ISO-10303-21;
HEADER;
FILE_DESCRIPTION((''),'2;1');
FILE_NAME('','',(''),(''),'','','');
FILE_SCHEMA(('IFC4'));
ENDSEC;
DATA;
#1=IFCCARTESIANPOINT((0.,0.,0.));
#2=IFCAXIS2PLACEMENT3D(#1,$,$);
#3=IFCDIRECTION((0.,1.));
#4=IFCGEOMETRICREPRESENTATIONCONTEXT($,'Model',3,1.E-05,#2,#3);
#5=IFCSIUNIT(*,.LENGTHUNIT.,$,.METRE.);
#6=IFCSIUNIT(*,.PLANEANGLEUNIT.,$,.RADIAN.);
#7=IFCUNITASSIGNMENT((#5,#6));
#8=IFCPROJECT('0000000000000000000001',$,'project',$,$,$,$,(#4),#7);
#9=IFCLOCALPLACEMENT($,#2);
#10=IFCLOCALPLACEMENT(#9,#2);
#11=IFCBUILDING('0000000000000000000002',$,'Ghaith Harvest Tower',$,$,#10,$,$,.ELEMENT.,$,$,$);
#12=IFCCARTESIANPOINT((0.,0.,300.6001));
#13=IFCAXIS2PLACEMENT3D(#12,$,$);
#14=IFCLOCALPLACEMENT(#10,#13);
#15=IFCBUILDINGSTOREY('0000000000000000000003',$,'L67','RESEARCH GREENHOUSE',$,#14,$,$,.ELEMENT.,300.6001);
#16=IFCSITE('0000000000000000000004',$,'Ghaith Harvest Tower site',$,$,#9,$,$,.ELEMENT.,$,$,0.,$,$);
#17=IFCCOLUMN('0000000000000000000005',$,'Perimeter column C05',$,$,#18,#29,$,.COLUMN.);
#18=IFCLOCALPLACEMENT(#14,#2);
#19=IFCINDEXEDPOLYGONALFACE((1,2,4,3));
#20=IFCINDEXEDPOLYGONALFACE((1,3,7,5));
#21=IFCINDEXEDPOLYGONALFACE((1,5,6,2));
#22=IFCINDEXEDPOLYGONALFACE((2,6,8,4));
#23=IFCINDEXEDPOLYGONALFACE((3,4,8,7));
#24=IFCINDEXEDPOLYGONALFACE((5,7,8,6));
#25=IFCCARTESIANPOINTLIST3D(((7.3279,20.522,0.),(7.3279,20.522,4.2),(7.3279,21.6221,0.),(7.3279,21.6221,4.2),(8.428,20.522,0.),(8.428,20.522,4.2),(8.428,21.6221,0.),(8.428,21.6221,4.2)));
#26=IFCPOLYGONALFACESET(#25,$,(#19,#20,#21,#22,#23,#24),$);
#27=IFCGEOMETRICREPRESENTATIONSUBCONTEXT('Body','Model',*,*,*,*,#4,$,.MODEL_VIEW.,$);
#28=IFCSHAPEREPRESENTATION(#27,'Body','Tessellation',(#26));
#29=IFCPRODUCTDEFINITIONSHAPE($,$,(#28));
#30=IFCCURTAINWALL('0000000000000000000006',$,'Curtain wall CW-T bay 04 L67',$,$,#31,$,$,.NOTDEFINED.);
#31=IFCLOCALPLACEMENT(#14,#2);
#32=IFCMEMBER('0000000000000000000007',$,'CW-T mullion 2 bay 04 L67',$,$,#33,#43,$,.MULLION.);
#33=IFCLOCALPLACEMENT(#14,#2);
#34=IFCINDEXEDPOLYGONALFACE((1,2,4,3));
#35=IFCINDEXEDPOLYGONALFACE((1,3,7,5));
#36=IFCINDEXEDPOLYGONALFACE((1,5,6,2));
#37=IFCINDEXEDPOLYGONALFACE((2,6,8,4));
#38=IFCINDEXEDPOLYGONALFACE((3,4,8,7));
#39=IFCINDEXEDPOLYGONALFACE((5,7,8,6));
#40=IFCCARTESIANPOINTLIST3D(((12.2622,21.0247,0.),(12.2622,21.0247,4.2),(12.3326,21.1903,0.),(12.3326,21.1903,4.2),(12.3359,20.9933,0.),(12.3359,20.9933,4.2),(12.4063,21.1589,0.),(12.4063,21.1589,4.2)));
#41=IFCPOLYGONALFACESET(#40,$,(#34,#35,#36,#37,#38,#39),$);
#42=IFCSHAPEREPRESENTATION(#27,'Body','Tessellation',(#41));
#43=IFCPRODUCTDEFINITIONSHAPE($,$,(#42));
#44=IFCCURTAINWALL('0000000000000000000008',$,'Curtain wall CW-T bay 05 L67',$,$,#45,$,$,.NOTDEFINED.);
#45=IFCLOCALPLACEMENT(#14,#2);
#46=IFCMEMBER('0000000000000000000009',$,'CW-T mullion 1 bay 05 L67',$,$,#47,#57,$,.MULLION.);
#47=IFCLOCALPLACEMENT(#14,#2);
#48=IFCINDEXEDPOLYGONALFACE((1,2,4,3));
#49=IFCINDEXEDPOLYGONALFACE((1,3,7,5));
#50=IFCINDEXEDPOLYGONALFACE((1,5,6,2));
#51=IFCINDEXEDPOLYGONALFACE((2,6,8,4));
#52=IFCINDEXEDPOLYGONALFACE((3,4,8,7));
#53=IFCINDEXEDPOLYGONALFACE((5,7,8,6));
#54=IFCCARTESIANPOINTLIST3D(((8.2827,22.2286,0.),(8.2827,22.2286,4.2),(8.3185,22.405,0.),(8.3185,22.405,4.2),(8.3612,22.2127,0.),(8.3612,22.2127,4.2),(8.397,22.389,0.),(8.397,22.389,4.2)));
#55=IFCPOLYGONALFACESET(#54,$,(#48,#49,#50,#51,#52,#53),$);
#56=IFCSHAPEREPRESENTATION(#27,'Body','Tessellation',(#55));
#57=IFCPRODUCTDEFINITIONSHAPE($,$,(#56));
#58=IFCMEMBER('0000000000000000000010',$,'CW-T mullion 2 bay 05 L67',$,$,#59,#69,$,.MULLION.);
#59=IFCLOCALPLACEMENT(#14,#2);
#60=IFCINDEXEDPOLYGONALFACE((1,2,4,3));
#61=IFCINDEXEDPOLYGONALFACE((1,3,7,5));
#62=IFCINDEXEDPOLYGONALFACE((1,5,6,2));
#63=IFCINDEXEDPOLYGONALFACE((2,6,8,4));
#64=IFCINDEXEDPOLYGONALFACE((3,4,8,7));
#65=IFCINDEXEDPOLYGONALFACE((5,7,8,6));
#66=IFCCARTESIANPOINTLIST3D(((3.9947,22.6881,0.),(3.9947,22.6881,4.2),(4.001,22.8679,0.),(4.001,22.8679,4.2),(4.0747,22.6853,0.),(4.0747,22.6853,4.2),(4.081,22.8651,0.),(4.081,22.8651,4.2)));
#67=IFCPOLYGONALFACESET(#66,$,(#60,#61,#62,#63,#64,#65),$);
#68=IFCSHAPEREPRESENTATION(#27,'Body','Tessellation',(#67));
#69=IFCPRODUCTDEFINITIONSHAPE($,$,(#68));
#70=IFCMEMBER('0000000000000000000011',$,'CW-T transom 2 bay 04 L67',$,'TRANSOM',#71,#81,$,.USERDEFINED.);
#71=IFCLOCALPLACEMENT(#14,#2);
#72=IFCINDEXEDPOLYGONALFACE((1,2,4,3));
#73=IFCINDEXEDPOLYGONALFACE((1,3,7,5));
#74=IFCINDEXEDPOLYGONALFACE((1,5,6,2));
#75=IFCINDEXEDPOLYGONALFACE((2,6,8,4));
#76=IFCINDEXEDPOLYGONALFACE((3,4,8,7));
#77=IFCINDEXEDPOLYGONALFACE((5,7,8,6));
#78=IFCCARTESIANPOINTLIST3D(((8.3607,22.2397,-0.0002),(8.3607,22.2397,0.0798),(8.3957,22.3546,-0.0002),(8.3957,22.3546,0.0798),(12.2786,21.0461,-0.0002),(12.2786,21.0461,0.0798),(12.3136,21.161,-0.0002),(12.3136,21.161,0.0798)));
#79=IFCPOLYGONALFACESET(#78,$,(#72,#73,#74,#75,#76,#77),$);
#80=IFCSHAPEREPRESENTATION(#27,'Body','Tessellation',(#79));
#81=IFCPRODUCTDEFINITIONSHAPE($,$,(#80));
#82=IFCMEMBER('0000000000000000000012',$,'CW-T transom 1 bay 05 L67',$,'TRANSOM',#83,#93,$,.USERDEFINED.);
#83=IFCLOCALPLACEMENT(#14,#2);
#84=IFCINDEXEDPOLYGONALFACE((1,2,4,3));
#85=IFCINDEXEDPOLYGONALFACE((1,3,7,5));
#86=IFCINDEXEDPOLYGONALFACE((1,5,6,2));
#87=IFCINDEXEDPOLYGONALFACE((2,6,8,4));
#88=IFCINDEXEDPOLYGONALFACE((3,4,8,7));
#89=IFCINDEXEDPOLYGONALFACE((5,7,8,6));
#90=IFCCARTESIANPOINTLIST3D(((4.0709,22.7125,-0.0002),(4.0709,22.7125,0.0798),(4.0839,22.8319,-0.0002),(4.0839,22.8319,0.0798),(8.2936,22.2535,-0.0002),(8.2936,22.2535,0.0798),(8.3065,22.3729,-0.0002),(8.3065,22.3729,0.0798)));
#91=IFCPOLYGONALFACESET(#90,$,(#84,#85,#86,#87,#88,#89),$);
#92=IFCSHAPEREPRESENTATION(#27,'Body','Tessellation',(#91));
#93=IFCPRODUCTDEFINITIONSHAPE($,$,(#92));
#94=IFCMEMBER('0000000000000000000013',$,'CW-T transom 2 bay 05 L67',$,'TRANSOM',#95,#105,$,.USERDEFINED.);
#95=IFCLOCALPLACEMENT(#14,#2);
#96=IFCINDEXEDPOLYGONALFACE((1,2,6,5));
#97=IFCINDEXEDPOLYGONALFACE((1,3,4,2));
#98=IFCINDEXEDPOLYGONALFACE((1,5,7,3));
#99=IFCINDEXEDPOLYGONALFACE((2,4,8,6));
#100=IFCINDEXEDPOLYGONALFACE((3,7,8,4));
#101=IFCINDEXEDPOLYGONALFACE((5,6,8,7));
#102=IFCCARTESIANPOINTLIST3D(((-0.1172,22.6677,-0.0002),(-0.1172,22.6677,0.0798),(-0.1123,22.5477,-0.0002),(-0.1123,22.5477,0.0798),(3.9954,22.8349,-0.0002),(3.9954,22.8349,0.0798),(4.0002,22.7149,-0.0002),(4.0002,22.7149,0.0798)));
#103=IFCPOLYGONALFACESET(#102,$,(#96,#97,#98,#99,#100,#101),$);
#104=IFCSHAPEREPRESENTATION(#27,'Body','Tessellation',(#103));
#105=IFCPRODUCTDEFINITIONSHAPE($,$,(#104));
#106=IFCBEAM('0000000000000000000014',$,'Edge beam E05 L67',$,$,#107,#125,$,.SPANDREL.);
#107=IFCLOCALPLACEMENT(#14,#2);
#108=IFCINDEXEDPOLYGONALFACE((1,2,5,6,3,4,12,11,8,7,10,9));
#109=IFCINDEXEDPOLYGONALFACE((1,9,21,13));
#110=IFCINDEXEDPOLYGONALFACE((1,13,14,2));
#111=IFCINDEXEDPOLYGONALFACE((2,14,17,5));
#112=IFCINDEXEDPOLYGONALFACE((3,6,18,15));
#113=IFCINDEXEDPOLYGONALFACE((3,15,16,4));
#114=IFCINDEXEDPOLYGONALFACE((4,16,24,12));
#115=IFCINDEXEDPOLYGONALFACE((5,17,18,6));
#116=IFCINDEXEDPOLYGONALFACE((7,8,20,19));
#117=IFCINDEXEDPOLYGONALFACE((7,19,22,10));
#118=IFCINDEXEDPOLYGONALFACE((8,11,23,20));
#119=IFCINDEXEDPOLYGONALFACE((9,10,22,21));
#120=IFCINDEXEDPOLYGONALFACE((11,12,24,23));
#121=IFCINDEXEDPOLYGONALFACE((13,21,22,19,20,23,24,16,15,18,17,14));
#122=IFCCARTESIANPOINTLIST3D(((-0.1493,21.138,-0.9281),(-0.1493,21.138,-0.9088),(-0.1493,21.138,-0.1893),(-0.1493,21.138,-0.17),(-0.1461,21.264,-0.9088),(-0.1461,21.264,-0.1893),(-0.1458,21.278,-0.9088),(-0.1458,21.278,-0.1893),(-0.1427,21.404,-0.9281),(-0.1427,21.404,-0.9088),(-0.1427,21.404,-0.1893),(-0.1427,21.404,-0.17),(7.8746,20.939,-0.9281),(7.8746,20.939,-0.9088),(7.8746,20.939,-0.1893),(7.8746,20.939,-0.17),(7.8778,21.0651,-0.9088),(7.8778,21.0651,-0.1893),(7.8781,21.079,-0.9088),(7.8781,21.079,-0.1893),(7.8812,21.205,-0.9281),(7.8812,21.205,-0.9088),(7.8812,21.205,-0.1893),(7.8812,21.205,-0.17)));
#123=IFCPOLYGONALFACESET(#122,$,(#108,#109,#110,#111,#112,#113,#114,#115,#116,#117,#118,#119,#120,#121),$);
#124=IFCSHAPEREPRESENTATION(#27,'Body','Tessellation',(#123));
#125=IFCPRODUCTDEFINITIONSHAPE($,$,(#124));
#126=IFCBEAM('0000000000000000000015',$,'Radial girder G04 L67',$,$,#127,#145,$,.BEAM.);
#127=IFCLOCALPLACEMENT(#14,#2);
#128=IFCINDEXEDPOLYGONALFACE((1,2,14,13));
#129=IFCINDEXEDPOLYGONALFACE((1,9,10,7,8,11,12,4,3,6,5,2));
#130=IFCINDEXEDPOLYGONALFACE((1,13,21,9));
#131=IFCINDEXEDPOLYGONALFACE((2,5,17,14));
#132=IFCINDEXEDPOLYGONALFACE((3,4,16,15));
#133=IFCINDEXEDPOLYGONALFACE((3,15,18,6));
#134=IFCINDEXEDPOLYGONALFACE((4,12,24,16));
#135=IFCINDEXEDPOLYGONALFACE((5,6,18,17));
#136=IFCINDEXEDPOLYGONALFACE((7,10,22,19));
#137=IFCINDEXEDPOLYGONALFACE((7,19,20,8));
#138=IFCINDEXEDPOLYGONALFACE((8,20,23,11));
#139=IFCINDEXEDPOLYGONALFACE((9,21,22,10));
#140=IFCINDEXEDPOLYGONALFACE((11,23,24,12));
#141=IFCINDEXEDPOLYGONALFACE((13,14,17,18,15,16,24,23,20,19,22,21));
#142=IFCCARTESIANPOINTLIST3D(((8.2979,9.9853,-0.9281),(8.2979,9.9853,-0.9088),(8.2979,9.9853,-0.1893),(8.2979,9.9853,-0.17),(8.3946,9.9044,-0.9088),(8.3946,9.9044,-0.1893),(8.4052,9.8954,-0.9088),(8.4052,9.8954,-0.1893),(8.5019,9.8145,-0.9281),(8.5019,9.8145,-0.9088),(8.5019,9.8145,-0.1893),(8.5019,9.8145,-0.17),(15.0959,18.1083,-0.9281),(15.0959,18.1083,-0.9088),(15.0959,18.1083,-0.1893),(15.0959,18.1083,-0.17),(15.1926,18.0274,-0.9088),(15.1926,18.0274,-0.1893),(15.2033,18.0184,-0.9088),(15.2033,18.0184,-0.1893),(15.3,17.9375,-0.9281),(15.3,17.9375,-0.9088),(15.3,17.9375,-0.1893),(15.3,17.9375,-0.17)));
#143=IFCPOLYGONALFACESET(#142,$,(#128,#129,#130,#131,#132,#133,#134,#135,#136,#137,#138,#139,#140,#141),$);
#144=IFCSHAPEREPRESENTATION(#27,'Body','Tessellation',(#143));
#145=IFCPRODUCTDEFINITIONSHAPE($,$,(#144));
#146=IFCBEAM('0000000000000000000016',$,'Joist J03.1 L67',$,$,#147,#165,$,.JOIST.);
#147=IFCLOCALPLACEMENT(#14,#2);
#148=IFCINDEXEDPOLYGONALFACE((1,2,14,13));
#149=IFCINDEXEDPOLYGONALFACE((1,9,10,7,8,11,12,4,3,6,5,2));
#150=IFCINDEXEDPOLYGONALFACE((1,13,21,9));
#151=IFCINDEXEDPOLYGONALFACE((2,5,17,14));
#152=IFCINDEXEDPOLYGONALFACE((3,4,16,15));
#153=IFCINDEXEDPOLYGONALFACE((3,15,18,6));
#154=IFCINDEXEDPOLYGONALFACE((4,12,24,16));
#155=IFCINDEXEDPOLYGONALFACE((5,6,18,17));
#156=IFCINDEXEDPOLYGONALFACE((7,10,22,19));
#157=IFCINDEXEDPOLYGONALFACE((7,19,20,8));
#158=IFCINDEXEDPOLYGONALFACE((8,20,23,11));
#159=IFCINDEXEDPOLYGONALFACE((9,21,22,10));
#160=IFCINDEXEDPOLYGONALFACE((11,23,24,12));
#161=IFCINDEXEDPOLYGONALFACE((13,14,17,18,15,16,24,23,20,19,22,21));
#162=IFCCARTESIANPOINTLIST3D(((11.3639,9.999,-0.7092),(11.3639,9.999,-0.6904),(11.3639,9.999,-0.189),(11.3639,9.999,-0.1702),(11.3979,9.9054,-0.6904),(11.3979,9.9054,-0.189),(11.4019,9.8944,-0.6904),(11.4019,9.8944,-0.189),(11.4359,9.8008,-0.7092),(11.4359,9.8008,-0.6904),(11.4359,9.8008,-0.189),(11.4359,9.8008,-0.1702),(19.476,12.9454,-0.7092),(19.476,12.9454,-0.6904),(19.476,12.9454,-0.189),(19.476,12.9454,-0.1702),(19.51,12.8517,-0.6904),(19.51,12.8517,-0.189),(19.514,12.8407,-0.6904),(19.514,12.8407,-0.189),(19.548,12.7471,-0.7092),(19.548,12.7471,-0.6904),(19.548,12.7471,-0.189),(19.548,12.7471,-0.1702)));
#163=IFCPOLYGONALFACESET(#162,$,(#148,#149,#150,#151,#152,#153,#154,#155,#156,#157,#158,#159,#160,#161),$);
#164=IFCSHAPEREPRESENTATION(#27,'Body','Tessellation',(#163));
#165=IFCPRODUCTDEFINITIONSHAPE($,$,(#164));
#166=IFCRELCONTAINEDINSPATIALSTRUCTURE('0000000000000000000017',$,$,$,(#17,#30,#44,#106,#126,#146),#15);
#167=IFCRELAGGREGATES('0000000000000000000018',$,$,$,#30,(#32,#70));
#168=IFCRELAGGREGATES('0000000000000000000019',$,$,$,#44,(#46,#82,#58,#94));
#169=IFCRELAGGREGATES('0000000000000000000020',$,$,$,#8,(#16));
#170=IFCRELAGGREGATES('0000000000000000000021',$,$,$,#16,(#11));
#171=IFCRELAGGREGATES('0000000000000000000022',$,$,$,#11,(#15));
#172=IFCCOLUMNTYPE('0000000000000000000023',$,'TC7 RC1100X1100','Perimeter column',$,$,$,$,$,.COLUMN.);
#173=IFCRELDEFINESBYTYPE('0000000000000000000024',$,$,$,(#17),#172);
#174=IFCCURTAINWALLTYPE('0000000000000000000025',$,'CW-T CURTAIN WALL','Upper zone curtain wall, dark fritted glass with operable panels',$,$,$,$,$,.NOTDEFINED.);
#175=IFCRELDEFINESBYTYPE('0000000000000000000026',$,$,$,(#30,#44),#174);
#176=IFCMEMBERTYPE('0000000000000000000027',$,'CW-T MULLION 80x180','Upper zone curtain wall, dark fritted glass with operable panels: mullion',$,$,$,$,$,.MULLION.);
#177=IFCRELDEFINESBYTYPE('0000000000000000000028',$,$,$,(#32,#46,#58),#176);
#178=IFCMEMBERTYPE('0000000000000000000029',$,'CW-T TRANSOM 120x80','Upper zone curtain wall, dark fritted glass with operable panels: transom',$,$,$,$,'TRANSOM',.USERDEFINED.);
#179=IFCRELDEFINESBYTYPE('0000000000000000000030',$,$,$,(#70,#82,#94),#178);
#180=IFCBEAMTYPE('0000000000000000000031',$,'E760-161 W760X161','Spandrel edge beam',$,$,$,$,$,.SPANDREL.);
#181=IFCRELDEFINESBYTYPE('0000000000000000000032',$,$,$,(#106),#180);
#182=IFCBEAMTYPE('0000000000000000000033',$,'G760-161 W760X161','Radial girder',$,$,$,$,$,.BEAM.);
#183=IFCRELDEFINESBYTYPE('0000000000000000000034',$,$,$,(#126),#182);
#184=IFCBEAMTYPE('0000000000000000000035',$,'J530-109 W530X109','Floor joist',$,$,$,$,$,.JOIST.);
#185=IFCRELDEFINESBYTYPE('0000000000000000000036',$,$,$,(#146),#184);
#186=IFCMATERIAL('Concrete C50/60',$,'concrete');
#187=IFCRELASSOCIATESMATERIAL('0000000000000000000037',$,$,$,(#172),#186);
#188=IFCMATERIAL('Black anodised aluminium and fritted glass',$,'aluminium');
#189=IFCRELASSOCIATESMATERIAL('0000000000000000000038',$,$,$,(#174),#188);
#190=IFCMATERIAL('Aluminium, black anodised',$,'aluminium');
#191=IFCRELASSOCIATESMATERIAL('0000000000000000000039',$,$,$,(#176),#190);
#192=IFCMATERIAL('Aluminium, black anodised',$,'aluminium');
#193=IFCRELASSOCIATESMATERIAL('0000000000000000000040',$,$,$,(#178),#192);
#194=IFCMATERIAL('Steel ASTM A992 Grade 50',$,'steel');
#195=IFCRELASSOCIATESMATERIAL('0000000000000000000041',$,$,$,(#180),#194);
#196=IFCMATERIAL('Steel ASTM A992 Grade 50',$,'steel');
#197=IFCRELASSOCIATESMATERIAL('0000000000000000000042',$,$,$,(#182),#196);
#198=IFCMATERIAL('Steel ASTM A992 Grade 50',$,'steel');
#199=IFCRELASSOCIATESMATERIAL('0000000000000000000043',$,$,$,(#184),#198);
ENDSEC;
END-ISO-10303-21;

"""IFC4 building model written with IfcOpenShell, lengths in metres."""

from ifc_helpers import new_model, si_unit, direction, frame, origin, origin_2d, place, context, subcontext, project, spatial, rectangle, i_section, extrude, material, material_profile, profile_set, type_object, element, aggregate, save


model = new_model("IFC4")

# Units and contexts
model_context = context("Model", 3, precision=1e-05, world=origin(), true_north=direction((0.0, 1.0)))
body_context = subcontext(model_context, "Body", "Model", "MODEL_VIEW")
ifc_project = project(units=[si_unit("LENGTHUNIT", "METRE"), si_unit("PLANEANGLEUNIT", "RADIAN")], contexts=[model_context])

# Site, building, storey
site_placement = place(None, origin())
site = spatial("IfcSite", under=ifc_project, at=site_placement, Name="Ghaith Harvest Tower site", CompositionType="ELEMENT", RefElevation=0.0)
building_placement = place(site_placement, origin())
building = spatial("IfcBuilding", under=site, at=building_placement, Name="Ghaith Harvest Tower", CompositionType="ELEMENT")
storey_placement = place(building_placement, frame((0.0, 0.0, 300.6001)))
storey = spatial("IfcBuildingStorey", under=building, at=storey_placement, Name="L67", Description="RESEARCH GREENHOUSE", CompositionType="ELEMENT", Elevation=300.6001)

# Column
ifc_material_1 = material(Name="Concrete C50/60", Category="concrete")
ifc_material_profile_1 = material_profile(ifc_material_1, rectangle(XDim=1.1001, YDim=1.1001, at=origin_2d()), Name="RC1100X1100")
ifc_profile_set_1 = profile_set([ifc_material_profile_1], Name="Concrete C50/60")
column_type = type_object("IfcColumnType", Name="TC7 RC1100X1100", Description="Perimeter column", PredefinedType="COLUMN", material=ifc_profile_set_1)
column_placement = place(storey_placement, frame((7.8779, 21.072, 0.0), z_axis=(0.0, 0.0, 1.0), x_axis=(1.0, 0.0, 0.0)))
element("IfcColumn", 1, at=column_placement, inside=storey, type_object=column_type, Name="Perimeter column C05", PredefinedType="COLUMN", context=body_context, shape_type="SweptSolid", body=[
    extrude(rectangle(XDim=1.1001, YDim=1.1001, at=origin_2d()), origin(), (0.0, 0.0, 1.0), 4.2),
])

# Curtain wall, member
ifc_material_2 = material(Name="Black anodised aluminium and fritted glass", Category="aluminium")
curtain_wall_type = type_object("IfcCurtainWallType", Name="CW-T CURTAIN WALL", Description="Upper zone curtain wall, dark fritted glass with operable panels", PredefinedType="NOTDEFINED", material=ifc_material_2)
curtain_wall_1_placement = place(storey_placement, origin())
curtain_wall_1 = element("IfcCurtainWall", 2, at=curtain_wall_1_placement, inside=storey, type_object=curtain_wall_type, Name="Curtain wall CW-T bay 04 L67", PredefinedType="NOTDEFINED")
ifc_material_3 = material(Name="Aluminium, black anodised", Category="aluminium")
ifc_material_profile_2 = material_profile(ifc_material_3, rectangle(XDim=0.0801, YDim=0.1799, at=origin_2d()), Name="CW-T MULLION 80x180")
ifc_profile_set_2 = profile_set([ifc_material_profile_2], Name="Aluminium, black anodised")
member_type_1 = type_object("IfcMemberType", Name="CW-T MULLION 80x180", Description="Upper zone curtain wall, dark fritted glass with operable panels: mullion", PredefinedType="MULLION", material=ifc_profile_set_2)
member_1_placement = place(storey_placement, frame((12.3342, 21.0918, 0.0), z_axis=(0.0, 0.0, 1.0), x_axis=(-0.920319, 0.391168, 0.0)))
member_1 = element("IfcMember", 3, at=member_1_placement, type_object=member_type_1, Name="CW-T mullion 2 bay 04 L67", PredefinedType="MULLION", context=body_context, shape_type="SweptSolid", body=[
    extrude(rectangle(XDim=0.0801, YDim=0.1799, at=origin_2d()), origin(), (0.0, 0.0, 1.0), 4.2),
])

# Curtain wall, members
curtain_wall_2_placement = place(storey_placement, origin())
curtain_wall_2 = element("IfcCurtainWall", 4, at=curtain_wall_2_placement, inside=storey, type_object=curtain_wall_type, Name="Curtain wall CW-T bay 05 L67", PredefinedType="NOTDEFINED")
member_2_placement = place(storey_placement, frame((8.3398, 22.3088, 0.0), z_axis=(0.0, 0.0, 1.0), x_axis=(-0.98, 0.198997, 0.0)))
member_2 = element("IfcMember", 5, at=member_2_placement, type_object=member_type_1, Name="CW-T mullion 1 bay 05 L67", PredefinedType="MULLION", context=body_context, shape_type="SweptSolid", body=[
    extrude(rectangle(XDim=0.0801, YDim=0.1799, at=origin_2d()), origin(), (0.0, 0.0, 1.0), 4.2),
])
member_3_placement = place(storey_placement, frame((4.0378, 22.7766, 0.0), z_axis=(0.0, 0.0, 1.0), x_axis=(-0.999389, 0.034962, 0.0)))
member_3 = element("IfcMember", 6, at=member_3_placement, type_object=member_type_1, Name="CW-T mullion 2 bay 05 L67", PredefinedType="MULLION", context=body_context, shape_type="SweptSolid", body=[
    extrude(rectangle(XDim=0.0801, YDim=0.1799, at=origin_2d()), origin(), (0.0, 0.0, 1.0), 4.2),
])

# Members
ifc_material_4 = material(Name="Aluminium, black anodised", Category="aluminium")
ifc_material_profile_3 = material_profile(ifc_material_4, rectangle(XDim=0.1201, YDim=0.0801, at=origin_2d()), Name="CW-T TRANSOM 120x80")
ifc_profile_set_3 = profile_set([ifc_material_profile_3], Name="Aluminium, black anodised")
member_type_2 = type_object("IfcMemberType", Name="CW-T TRANSOM 120x80", Description="Upper zone curtain wall, dark fritted glass with operable panels: transom", ElementType="TRANSOM", PredefinedType="USERDEFINED", material=ifc_profile_set_3)
member_4_placement = place(storey_placement, frame((12.2961, 21.1035, 0.0398), z_axis=(-0.956594, 0.291425, 0.0), x_axis=(-0.291425, -0.956594, 0.0)))
member_4 = element("IfcMember", 7, at=member_4_placement, type_object=member_type_2, Name="CW-T transom 2 bay 04 L67", ObjectType="TRANSOM", PredefinedType="USERDEFINED", context=body_context, shape_type="SweptSolid", body=[
    extrude(rectangle(XDim=0.1201, YDim=0.0801, at=origin_2d()), origin(), (0.0, 0.0, 1.0), 4.0957),
])
member_5_placement = place(storey_placement, frame((8.3, 22.3132, 0.0398), z_axis=(-0.994144, 0.108059, 0.0), x_axis=(-0.108059, -0.994144, 0.0)))
member_5 = element("IfcMember", 8, at=member_5_placement, type_object=member_type_2, Name="CW-T transom 1 bay 05 L67", ObjectType="TRANSOM", PredefinedType="USERDEFINED", context=body_context, shape_type="SweptSolid", body=[
    extrude(rectangle(XDim=0.1201, YDim=0.0801, at=origin_2d()), origin(), (0.0, 0.0, 1.0), 4.2476),
])
member_6_placement = place(storey_placement, frame((3.9978, 22.7749, 0.0398), z_axis=(-0.999174, -0.040631, 0.0), x_axis=(0.040631, -0.999174, 0.0)))
member_6 = element("IfcMember", 9, at=member_6_placement, type_object=member_type_2, Name="CW-T transom 2 bay 05 L67", ObjectType="TRANSOM", PredefinedType="USERDEFINED", context=body_context, shape_type="SweptSolid", body=[
    extrude(rectangle(XDim=0.1201, YDim=0.0801, at=origin_2d()), origin(), (0.0, 0.0, 1.0), 4.116),
])

# Beams
ifc_material_5 = material(Name="Steel ASTM A992 Grade 50", Category="steel")
ifc_material_profile_4 = material_profile(ifc_material_5, i_section(OverallWidth=0.2661, OverallDepth=0.7581, WebThickness=0.0139, FlangeThickness=0.0193, at=origin_2d()), Name="W760X161")
ifc_profile_set_4 = profile_set([ifc_material_profile_4], Name="Steel ASTM A992 Grade 50")
beam_type_1 = type_object("IfcBeamType", Name="E760-161 W760X161", Description="Spandrel edge beam", PredefinedType="SPANDREL", material=ifc_profile_set_4)
beam_1_placement = place(storey_placement, frame((7.8779, 21.072, -0.5491), z_axis=(-0.999693, 0.02479, 0.0), x_axis=(-0.02479, -0.999693, 0.0)))
element("IfcBeam", 10, at=beam_1_placement, inside=storey, type_object=beam_type_1, Name="Edge beam E05 L67", PredefinedType="SPANDREL", context=body_context, shape_type="SweptSolid", body=[
    extrude(i_section(OverallWidth=0.2661, OverallDepth=0.7581, WebThickness=0.0139, FlangeThickness=0.0193, at=origin_2d()), origin(), (0.0, 0.0, 1.0), 8.0264),
])
ifc_material_6 = material(Name="Steel ASTM A992 Grade 50", Category="steel")
ifc_material_profile_5 = material_profile(ifc_material_6, i_section(OverallWidth=0.2661, OverallDepth=0.7581, WebThickness=0.0139, FlangeThickness=0.0193, at=origin_2d()), Name="W760X161")
ifc_profile_set_5 = profile_set([ifc_material_profile_5], Name="Steel ASTM A992 Grade 50")
beam_type_2 = type_object("IfcBeamType", Name="G760-161 W760X161", Description="Radial girder", PredefinedType="BEAM", material=ifc_profile_set_5)
beam_2_placement = place(storey_placement, frame((8.3999, 9.8999, -0.5491), z_axis=(0.641793, 0.766878, 0.0), x_axis=(-0.766878, 0.641793, 0.0)))
element("IfcBeam", 11, at=beam_2_placement, inside=storey, type_object=beam_type_2, Name="Radial girder G04 L67", PredefinedType="BEAM", context=body_context, shape_type="SweptSolid", body=[
    extrude(i_section(OverallWidth=0.2661, OverallDepth=0.7581, WebThickness=0.0139, FlangeThickness=0.0193, at=origin_2d()), origin(), (0.0, 0.0, 1.0), 10.5923),
])
ifc_material_7 = material(Name="Steel ASTM A992 Grade 50", Category="steel")
ifc_material_profile_6 = material_profile(ifc_material_7, i_section(OverallWidth=0.2109, OverallDepth=0.5391, WebThickness=0.0117, FlangeThickness=0.0188, at=origin_2d()), Name="W530X109")
ifc_profile_set_6 = profile_set([ifc_material_profile_6], Name="Steel ASTM A992 Grade 50")
beam_type_3 = type_object("IfcBeamType", Name="J530-109 W530X109", Description="Floor joist", PredefinedType="JOIST", material=ifc_profile_set_6)
beam_3_placement = place(storey_placement, frame((11.3999, 9.8999, -0.4397), z_axis=(0.939926, 0.34138, 0.0), x_axis=(-0.34138, 0.939926, 0.0)))
element("IfcBeam", 12, at=beam_3_placement, inside=storey, type_object=beam_type_3, Name="Joist J03.1 L67", PredefinedType="JOIST", context=body_context, shape_type="SweptSolid", body=[
    extrude(i_section(OverallWidth=0.2109, OverallDepth=0.5391, WebThickness=0.0117, FlangeThickness=0.0188, at=origin_2d()), origin(), (0.0, 0.0, 1.0), 8.6306),
])

aggregate(curtain_wall_1, [member_1, member_4])
aggregate(curtain_wall_2, [member_2, member_5, member_3, member_6])

save(model, "model.ifc")
